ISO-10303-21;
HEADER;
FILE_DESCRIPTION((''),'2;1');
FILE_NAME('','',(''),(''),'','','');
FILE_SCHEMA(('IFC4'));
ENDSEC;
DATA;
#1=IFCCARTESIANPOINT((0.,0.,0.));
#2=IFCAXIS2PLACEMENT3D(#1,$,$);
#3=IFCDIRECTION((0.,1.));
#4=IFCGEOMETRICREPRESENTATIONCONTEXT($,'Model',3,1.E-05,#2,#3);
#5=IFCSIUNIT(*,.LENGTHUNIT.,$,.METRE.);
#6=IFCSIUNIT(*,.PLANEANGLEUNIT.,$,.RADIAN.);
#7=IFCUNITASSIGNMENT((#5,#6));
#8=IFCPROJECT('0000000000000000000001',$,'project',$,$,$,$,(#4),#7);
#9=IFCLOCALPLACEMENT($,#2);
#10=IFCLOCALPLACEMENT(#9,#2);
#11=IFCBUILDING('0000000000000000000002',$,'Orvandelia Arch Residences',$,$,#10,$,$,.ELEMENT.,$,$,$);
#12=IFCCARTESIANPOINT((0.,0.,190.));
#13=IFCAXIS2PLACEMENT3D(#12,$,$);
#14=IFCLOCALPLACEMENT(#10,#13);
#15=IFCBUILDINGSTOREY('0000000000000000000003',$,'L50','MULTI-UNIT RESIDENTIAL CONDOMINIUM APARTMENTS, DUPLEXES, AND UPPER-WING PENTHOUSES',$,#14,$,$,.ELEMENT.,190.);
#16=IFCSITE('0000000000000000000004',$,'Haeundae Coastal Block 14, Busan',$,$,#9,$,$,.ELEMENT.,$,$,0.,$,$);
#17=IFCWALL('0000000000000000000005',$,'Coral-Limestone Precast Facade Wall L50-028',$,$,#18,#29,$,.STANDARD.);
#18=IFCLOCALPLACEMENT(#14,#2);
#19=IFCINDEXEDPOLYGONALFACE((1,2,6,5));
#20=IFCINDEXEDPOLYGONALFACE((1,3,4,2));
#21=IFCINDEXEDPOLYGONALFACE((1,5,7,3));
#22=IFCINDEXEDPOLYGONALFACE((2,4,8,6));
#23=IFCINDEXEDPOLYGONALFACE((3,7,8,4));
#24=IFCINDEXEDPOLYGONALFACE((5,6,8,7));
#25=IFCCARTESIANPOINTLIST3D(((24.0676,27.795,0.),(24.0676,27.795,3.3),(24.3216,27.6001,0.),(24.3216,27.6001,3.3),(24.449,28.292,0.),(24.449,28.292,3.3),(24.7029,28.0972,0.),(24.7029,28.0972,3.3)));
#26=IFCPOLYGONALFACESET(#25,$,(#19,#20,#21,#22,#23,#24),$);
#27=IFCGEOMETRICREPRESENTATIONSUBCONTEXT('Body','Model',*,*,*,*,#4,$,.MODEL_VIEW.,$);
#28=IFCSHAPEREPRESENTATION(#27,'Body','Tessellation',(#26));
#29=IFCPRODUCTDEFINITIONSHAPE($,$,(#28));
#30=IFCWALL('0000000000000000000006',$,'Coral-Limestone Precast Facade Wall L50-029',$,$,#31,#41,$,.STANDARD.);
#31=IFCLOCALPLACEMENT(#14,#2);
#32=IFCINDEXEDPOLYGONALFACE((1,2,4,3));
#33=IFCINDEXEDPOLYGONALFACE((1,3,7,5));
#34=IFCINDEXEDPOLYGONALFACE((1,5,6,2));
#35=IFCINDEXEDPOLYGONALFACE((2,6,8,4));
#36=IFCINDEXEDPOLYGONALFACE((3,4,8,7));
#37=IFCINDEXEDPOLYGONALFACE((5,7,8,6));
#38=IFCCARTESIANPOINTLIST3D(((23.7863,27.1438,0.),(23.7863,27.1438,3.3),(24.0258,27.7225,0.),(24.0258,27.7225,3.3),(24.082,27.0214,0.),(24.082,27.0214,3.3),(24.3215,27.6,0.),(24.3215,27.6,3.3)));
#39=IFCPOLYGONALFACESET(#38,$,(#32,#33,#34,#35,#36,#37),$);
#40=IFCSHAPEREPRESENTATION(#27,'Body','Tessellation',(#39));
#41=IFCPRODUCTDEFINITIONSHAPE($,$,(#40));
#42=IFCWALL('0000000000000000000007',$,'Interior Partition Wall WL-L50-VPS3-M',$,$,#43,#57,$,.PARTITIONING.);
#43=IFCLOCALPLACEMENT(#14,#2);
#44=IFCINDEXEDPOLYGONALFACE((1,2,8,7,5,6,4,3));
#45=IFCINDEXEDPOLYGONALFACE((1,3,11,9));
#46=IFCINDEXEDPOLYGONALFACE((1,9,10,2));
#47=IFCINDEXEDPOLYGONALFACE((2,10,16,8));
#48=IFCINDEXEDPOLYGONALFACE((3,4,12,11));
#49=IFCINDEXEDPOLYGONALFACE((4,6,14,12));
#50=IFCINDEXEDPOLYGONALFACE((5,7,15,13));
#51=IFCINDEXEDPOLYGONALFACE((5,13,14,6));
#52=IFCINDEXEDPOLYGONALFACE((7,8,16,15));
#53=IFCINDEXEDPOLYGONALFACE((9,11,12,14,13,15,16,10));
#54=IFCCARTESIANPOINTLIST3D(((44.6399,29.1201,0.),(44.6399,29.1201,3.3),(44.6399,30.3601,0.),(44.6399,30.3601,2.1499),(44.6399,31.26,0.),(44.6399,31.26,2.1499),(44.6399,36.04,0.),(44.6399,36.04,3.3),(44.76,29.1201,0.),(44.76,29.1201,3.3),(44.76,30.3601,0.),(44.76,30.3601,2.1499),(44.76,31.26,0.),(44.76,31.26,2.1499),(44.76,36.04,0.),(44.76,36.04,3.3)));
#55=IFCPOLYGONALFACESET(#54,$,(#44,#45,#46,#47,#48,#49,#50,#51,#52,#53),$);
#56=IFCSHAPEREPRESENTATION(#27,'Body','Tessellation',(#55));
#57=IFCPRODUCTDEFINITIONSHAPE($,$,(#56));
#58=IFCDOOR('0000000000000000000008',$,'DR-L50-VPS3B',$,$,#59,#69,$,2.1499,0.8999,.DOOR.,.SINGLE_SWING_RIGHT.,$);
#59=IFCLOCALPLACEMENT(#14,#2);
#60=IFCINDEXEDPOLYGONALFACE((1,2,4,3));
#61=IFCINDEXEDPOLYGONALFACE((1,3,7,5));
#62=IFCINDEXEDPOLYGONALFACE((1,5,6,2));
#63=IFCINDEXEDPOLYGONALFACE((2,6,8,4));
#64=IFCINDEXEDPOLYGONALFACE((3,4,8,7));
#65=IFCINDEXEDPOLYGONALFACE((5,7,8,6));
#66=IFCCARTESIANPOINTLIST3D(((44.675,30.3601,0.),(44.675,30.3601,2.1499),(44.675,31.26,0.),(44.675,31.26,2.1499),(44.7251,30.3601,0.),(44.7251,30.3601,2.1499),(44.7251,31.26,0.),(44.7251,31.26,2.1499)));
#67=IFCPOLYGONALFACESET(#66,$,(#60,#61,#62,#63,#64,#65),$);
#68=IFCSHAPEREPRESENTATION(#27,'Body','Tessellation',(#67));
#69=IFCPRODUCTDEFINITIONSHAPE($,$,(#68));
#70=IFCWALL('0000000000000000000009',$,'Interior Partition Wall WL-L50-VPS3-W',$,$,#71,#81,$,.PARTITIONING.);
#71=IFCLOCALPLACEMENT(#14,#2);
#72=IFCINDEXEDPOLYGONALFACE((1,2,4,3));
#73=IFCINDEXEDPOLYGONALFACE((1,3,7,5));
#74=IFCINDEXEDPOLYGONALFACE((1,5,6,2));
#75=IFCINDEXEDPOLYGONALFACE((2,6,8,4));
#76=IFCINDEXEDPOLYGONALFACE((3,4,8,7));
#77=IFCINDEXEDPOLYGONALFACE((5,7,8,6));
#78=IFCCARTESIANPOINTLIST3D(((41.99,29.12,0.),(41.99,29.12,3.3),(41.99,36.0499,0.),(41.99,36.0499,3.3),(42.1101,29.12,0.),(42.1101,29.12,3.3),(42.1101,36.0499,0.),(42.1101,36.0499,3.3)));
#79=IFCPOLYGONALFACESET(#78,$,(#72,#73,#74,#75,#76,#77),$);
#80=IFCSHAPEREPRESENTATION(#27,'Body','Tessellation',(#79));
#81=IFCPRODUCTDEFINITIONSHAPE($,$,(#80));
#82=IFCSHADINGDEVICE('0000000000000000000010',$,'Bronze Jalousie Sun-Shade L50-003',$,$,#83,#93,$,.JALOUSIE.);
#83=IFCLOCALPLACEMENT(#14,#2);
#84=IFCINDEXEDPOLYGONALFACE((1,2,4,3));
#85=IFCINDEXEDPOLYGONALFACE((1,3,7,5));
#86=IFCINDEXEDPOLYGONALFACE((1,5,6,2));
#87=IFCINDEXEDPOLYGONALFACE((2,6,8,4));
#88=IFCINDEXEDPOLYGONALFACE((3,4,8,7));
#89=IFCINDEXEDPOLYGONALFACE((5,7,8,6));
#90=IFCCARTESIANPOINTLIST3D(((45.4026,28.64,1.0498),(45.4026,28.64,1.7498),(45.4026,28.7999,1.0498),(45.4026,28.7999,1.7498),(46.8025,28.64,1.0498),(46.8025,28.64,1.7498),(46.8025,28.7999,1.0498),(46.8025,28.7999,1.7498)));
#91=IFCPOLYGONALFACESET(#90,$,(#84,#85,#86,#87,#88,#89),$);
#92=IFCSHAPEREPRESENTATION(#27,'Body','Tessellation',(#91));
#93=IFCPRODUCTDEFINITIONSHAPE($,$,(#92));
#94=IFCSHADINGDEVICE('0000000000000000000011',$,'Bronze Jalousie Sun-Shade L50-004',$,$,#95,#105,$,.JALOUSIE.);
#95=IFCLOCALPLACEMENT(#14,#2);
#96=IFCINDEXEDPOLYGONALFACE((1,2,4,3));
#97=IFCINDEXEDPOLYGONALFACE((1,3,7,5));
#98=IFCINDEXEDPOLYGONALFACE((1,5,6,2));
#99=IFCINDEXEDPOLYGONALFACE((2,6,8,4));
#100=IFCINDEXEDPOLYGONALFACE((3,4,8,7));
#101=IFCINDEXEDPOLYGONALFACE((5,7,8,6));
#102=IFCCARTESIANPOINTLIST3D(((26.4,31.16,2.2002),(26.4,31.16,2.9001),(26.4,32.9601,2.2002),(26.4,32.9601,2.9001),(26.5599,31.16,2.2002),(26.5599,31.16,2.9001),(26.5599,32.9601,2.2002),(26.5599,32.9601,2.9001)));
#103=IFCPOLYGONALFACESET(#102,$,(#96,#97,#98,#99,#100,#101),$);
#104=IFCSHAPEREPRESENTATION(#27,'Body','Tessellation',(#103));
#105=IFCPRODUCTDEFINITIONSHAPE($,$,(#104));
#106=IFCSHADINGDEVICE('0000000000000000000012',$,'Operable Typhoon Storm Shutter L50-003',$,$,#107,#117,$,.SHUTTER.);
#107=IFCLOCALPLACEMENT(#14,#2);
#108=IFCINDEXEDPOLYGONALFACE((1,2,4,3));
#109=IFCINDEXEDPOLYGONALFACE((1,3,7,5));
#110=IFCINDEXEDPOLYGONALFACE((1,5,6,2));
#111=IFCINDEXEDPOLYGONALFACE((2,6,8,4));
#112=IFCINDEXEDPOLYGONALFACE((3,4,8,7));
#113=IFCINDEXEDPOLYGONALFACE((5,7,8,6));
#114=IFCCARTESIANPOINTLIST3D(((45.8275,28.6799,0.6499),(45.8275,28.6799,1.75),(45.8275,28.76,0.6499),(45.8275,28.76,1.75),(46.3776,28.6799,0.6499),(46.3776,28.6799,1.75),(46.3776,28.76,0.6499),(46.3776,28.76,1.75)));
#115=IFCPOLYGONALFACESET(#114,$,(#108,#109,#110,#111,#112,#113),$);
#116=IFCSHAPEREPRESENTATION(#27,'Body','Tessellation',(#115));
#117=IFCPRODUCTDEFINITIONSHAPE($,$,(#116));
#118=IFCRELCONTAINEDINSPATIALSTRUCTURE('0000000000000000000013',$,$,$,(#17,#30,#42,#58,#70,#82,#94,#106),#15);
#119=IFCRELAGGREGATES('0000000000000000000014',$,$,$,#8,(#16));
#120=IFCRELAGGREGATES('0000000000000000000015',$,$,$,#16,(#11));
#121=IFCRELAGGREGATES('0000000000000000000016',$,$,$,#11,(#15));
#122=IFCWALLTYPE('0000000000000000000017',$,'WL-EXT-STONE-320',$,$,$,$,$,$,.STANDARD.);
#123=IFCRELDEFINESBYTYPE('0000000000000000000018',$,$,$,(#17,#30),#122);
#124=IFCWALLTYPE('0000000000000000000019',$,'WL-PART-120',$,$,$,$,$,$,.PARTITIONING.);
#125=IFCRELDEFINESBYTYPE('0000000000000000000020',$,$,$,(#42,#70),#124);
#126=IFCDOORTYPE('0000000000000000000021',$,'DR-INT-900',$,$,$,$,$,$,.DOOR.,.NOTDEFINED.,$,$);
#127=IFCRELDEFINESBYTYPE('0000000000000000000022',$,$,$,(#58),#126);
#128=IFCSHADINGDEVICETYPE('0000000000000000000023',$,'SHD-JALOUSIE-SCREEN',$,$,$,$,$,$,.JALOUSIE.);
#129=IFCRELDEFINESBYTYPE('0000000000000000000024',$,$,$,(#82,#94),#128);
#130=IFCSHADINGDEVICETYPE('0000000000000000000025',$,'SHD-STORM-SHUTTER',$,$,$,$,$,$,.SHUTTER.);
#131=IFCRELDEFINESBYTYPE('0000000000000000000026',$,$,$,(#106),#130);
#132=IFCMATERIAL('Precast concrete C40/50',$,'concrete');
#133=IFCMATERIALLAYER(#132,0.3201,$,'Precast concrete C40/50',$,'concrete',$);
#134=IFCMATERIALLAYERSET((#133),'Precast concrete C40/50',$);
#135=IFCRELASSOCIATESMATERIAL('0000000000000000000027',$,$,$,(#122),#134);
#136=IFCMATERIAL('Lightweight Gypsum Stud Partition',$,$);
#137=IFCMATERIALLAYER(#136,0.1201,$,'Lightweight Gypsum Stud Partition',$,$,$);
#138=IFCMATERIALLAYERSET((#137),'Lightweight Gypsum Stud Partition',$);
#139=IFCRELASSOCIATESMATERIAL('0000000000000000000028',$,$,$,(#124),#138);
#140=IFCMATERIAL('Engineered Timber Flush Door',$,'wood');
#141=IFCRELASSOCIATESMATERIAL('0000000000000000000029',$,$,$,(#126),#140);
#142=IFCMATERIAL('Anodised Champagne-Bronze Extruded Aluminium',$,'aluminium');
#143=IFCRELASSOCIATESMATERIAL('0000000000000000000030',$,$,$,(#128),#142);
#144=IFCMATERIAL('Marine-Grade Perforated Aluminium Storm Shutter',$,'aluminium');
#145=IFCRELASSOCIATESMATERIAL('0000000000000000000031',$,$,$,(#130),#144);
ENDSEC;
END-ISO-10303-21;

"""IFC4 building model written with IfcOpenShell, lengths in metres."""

from ifc_helpers import new_model, si_unit, direction, frame, frame_2d, origin, origin_2d, place, context, subcontext, project, spatial, rectangle, extrude, material, layer, layer_set, type_object, element, fill, save


model = new_model("IFC4")

# Units and contexts
model_context = context("Model", 3, precision=1e-05, world=origin(), true_north=direction((0.0, 1.0)))
body_context = subcontext(model_context, "Body", "Model", "MODEL_VIEW")
ifc_project = project(units=[si_unit("LENGTHUNIT", "METRE"), si_unit("PLANEANGLEUNIT", "RADIAN")], contexts=[model_context])

# Site, building, storey
site_placement = place(None, origin())
site = spatial("IfcSite", under=ifc_project, at=site_placement, Name="Haeundae Coastal Block 14, Busan", CompositionType="ELEMENT", RefElevation=0.0)
building_placement = place(site_placement, origin())
building = spatial("IfcBuilding", under=site, at=building_placement, Name="Orvandelia Arch Residences", CompositionType="ELEMENT")
storey_placement = place(building_placement, frame((0.0, 0.0, 190.0)))
storey = spatial("IfcBuildingStorey", under=building, at=storey_placement, Name="L50", Description="MULTI-UNIT RESIDENTIAL CONDOMINIUM APARTMENTS, DUPLEXES, AND UPPER-WING PENTHOUSES", CompositionType="ELEMENT", Elevation=190.0)

# Shared definitions
ifc_material_1 = material(Name="Precast concrete C40/50", Category="concrete")
ifc_layer_1 = layer(ifc_material_1, 0.3201, Name="Precast concrete C40/50", Category="concrete")
ifc_layer_set_1 = layer_set([ifc_layer_1], Name="Precast concrete C40/50")
wall_type_1 = type_object("IfcWallType", Name="WL-EXT-STONE-320", PredefinedType="STANDARD", material=ifc_layer_set_1)

# Walls
for number, where, z_axis, x_axis, name in (
    (1, (24.5759, 28.1946, 0.0), (0.0, 0.0, 1.0), (-0.608693, -0.793406, 0.0), "Coral-Limestone Precast Facade Wall L50-028"),
):
    element("IfcWall", number, at=place(storey_placement, frame(where, z_axis=z_axis, x_axis=x_axis)), inside=storey, type_object=wall_type_1, Name=name, PredefinedType="STANDARD", context=body_context, shape_type="SweptSolid", body=[
        extrude(rectangle(XDim=0.6265, YDim=0.3201, at=frame_2d((0.3132, 0.0))), origin(), (0.0, 0.0, 1.0), 3.3),
    ])
wall_1_placement = place(storey_placement, frame((24.1736, 27.6611, 0.0), z_axis=(0.0, 0.0, 1.0), x_axis=(-0.382455, -0.923974, 0.0)))
element("IfcWall", 2, at=wall_1_placement, inside=storey, type_object=wall_type_1, Name="Coral-Limestone Precast Facade Wall L50-029", PredefinedType="STANDARD", context=body_context, shape_type="SweptSolid", body=[
    extrude(rectangle(XDim=0.6262, YDim=0.3201, at=frame_2d((0.313, 0.0))), origin(), (0.0, 0.0, 1.0), 3.3),
])

# Wall, opening, door
ifc_material_2 = material(Name="Lightweight Gypsum Stud Partition")
ifc_layer_2 = layer(ifc_material_2, 0.1201, Name="Lightweight Gypsum Stud Partition")
ifc_layer_set_2 = layer_set([ifc_layer_2], Name="Lightweight Gypsum Stud Partition")
wall_type_2 = type_object("IfcWallType", Name="WL-PART-120", PredefinedType="PARTITIONING", material=ifc_layer_set_2)
wall_2_placement = place(storey_placement, frame((44.7, 29.1201, 0.0), z_axis=(0.0, 0.0, 1.0), x_axis=(0.0, 1.0, 0.0)))
wall_2 = element("IfcWall", 3, at=wall_2_placement, inside=storey, type_object=wall_type_2, Name="Interior Partition Wall WL-L50-VPS3-M", PredefinedType="PARTITIONING", context=body_context, shape_type="SweptSolid", body=[
    extrude(rectangle(XDim=6.9199, YDim=0.1201, at=frame_2d((3.46, 0.0))), origin(), (0.0, 0.0, 1.0), 3.3),
])
opening_1_placement = place(wall_2_placement, frame((1.24, 0.0, 0.0)))
opening_1 = element("IfcOpeningElement", 4, at=opening_1_placement, cuts=wall_2, PredefinedType="OPENING", context=body_context, shape_type="SweptSolid", body=[
    extrude(rectangle(XDim=0.8999, YDim=2.1499, at=frame_2d((0.45, 1.075))), frame((0.0, 0.0701, 0.0), z_axis=(0.0, -1.0, 0.0), x_axis=(1.0, 0.0, 0.0)), (0.0, 0.0, 1.0), 0.1401),
])
ifc_material_3 = material(Name="Engineered Timber Flush Door", Category="wood")
door_type = type_object("IfcDoorType", Name="DR-INT-900", OperationType="NOTDEFINED", PredefinedType="DOOR", material=ifc_material_3)
door_placement = place(opening_1_placement, origin())
door = element("IfcDoor", 5, at=door_placement, inside=storey, type_object=door_type, Name="DR-L50-VPS3B", OperationType="SINGLE_SWING_RIGHT", OverallHeight=2.1499, OverallWidth=0.8999, PredefinedType="DOOR", context=body_context, shape_type="SweptSolid", body=[
    extrude(rectangle(XDim=0.8999, YDim=2.1499, at=frame_2d((0.45, 1.075))), frame((0.0, 0.0249, 0.0), z_axis=(0.0, -1.0, 0.0), x_axis=(1.0, 0.0, 0.0)), (0.0, 0.0, 1.0), 0.05),
])
fill(opening_1, door)

# Wall
wall_3_placement = place(storey_placement, frame((42.05, 29.1201, 0.0), z_axis=(0.0, 0.0, 1.0), x_axis=(0.0, 1.0, 0.0)))
element("IfcWall", 6, at=wall_3_placement, inside=storey, type_object=wall_type_2, Name="Interior Partition Wall WL-L50-VPS3-W", PredefinedType="PARTITIONING", context=body_context, shape_type="SweptSolid", body=[
    extrude(rectangle(XDim=6.9299, YDim=0.1201, at=frame_2d((3.4648, 0.0))), origin(), (0.0, 0.0, 1.0), 3.3),
])

# Shading devices
ifc_material_4 = material(Name="Anodised Champagne-Bronze Extruded Aluminium", Category="aluminium")
shading_device_type_1 = type_object("IfcShadingDeviceType", Name="SHD-JALOUSIE-SCREEN", PredefinedType="JALOUSIE", material=ifc_material_4)
shading_device_1_placement = place(storey_placement, frame((46.1025, 28.72, 1.0498), z_axis=(0.0, 0.0, 1.0), x_axis=(-1.0, 0.0, 0.0)))
element("IfcShadingDevice", 7, at=shading_device_1_placement, inside=storey, type_object=shading_device_type_1, Name="Bronze Jalousie Sun-Shade L50-003", PredefinedType="JALOUSIE", context=body_context, shape_type="SweptSolid", body=[
    extrude(rectangle(XDim=1.3999, YDim=0.1599, at=origin_2d()), origin(), (0.0, 0.0, 1.0), 0.7),
])
shading_device_2_placement = place(storey_placement, frame((26.48, 32.0601, 2.2002), z_axis=(0.0, 0.0, 1.0), x_axis=(0.0, -1.0, 0.0)))
element("IfcShadingDevice", 8, at=shading_device_2_placement, inside=storey, type_object=shading_device_type_1, Name="Bronze Jalousie Sun-Shade L50-004", PredefinedType="JALOUSIE", context=body_context, shape_type="SweptSolid", body=[
    extrude(rectangle(XDim=1.8, YDim=0.1599, at=origin_2d()), origin(), (0.0, 0.0, 1.0), 0.7),
])
ifc_material_5 = material(Name="Marine-Grade Perforated Aluminium Storm Shutter", Category="aluminium")
shading_device_type_2 = type_object("IfcShadingDeviceType", Name="SHD-STORM-SHUTTER", PredefinedType="SHUTTER", material=ifc_material_5)
shading_device_3_placement = place(storey_placement, frame((46.1025, 28.72, 0.6499), z_axis=(0.0, 0.0, 1.0), x_axis=(-1.0, 0.0, 0.0)))
element("IfcShadingDevice", 9, at=shading_device_3_placement, inside=storey, type_object=shading_device_type_2, Name="Operable Typhoon Storm Shutter L50-003", PredefinedType="SHUTTER", context=body_context, shape_type="SweptSolid", body=[
    extrude(rectangle(XDim=0.55, YDim=0.0801, at=origin_2d()), origin(), (0.0, 0.0, 1.0), 1.1001),
])

save(model, "model.ifc")
